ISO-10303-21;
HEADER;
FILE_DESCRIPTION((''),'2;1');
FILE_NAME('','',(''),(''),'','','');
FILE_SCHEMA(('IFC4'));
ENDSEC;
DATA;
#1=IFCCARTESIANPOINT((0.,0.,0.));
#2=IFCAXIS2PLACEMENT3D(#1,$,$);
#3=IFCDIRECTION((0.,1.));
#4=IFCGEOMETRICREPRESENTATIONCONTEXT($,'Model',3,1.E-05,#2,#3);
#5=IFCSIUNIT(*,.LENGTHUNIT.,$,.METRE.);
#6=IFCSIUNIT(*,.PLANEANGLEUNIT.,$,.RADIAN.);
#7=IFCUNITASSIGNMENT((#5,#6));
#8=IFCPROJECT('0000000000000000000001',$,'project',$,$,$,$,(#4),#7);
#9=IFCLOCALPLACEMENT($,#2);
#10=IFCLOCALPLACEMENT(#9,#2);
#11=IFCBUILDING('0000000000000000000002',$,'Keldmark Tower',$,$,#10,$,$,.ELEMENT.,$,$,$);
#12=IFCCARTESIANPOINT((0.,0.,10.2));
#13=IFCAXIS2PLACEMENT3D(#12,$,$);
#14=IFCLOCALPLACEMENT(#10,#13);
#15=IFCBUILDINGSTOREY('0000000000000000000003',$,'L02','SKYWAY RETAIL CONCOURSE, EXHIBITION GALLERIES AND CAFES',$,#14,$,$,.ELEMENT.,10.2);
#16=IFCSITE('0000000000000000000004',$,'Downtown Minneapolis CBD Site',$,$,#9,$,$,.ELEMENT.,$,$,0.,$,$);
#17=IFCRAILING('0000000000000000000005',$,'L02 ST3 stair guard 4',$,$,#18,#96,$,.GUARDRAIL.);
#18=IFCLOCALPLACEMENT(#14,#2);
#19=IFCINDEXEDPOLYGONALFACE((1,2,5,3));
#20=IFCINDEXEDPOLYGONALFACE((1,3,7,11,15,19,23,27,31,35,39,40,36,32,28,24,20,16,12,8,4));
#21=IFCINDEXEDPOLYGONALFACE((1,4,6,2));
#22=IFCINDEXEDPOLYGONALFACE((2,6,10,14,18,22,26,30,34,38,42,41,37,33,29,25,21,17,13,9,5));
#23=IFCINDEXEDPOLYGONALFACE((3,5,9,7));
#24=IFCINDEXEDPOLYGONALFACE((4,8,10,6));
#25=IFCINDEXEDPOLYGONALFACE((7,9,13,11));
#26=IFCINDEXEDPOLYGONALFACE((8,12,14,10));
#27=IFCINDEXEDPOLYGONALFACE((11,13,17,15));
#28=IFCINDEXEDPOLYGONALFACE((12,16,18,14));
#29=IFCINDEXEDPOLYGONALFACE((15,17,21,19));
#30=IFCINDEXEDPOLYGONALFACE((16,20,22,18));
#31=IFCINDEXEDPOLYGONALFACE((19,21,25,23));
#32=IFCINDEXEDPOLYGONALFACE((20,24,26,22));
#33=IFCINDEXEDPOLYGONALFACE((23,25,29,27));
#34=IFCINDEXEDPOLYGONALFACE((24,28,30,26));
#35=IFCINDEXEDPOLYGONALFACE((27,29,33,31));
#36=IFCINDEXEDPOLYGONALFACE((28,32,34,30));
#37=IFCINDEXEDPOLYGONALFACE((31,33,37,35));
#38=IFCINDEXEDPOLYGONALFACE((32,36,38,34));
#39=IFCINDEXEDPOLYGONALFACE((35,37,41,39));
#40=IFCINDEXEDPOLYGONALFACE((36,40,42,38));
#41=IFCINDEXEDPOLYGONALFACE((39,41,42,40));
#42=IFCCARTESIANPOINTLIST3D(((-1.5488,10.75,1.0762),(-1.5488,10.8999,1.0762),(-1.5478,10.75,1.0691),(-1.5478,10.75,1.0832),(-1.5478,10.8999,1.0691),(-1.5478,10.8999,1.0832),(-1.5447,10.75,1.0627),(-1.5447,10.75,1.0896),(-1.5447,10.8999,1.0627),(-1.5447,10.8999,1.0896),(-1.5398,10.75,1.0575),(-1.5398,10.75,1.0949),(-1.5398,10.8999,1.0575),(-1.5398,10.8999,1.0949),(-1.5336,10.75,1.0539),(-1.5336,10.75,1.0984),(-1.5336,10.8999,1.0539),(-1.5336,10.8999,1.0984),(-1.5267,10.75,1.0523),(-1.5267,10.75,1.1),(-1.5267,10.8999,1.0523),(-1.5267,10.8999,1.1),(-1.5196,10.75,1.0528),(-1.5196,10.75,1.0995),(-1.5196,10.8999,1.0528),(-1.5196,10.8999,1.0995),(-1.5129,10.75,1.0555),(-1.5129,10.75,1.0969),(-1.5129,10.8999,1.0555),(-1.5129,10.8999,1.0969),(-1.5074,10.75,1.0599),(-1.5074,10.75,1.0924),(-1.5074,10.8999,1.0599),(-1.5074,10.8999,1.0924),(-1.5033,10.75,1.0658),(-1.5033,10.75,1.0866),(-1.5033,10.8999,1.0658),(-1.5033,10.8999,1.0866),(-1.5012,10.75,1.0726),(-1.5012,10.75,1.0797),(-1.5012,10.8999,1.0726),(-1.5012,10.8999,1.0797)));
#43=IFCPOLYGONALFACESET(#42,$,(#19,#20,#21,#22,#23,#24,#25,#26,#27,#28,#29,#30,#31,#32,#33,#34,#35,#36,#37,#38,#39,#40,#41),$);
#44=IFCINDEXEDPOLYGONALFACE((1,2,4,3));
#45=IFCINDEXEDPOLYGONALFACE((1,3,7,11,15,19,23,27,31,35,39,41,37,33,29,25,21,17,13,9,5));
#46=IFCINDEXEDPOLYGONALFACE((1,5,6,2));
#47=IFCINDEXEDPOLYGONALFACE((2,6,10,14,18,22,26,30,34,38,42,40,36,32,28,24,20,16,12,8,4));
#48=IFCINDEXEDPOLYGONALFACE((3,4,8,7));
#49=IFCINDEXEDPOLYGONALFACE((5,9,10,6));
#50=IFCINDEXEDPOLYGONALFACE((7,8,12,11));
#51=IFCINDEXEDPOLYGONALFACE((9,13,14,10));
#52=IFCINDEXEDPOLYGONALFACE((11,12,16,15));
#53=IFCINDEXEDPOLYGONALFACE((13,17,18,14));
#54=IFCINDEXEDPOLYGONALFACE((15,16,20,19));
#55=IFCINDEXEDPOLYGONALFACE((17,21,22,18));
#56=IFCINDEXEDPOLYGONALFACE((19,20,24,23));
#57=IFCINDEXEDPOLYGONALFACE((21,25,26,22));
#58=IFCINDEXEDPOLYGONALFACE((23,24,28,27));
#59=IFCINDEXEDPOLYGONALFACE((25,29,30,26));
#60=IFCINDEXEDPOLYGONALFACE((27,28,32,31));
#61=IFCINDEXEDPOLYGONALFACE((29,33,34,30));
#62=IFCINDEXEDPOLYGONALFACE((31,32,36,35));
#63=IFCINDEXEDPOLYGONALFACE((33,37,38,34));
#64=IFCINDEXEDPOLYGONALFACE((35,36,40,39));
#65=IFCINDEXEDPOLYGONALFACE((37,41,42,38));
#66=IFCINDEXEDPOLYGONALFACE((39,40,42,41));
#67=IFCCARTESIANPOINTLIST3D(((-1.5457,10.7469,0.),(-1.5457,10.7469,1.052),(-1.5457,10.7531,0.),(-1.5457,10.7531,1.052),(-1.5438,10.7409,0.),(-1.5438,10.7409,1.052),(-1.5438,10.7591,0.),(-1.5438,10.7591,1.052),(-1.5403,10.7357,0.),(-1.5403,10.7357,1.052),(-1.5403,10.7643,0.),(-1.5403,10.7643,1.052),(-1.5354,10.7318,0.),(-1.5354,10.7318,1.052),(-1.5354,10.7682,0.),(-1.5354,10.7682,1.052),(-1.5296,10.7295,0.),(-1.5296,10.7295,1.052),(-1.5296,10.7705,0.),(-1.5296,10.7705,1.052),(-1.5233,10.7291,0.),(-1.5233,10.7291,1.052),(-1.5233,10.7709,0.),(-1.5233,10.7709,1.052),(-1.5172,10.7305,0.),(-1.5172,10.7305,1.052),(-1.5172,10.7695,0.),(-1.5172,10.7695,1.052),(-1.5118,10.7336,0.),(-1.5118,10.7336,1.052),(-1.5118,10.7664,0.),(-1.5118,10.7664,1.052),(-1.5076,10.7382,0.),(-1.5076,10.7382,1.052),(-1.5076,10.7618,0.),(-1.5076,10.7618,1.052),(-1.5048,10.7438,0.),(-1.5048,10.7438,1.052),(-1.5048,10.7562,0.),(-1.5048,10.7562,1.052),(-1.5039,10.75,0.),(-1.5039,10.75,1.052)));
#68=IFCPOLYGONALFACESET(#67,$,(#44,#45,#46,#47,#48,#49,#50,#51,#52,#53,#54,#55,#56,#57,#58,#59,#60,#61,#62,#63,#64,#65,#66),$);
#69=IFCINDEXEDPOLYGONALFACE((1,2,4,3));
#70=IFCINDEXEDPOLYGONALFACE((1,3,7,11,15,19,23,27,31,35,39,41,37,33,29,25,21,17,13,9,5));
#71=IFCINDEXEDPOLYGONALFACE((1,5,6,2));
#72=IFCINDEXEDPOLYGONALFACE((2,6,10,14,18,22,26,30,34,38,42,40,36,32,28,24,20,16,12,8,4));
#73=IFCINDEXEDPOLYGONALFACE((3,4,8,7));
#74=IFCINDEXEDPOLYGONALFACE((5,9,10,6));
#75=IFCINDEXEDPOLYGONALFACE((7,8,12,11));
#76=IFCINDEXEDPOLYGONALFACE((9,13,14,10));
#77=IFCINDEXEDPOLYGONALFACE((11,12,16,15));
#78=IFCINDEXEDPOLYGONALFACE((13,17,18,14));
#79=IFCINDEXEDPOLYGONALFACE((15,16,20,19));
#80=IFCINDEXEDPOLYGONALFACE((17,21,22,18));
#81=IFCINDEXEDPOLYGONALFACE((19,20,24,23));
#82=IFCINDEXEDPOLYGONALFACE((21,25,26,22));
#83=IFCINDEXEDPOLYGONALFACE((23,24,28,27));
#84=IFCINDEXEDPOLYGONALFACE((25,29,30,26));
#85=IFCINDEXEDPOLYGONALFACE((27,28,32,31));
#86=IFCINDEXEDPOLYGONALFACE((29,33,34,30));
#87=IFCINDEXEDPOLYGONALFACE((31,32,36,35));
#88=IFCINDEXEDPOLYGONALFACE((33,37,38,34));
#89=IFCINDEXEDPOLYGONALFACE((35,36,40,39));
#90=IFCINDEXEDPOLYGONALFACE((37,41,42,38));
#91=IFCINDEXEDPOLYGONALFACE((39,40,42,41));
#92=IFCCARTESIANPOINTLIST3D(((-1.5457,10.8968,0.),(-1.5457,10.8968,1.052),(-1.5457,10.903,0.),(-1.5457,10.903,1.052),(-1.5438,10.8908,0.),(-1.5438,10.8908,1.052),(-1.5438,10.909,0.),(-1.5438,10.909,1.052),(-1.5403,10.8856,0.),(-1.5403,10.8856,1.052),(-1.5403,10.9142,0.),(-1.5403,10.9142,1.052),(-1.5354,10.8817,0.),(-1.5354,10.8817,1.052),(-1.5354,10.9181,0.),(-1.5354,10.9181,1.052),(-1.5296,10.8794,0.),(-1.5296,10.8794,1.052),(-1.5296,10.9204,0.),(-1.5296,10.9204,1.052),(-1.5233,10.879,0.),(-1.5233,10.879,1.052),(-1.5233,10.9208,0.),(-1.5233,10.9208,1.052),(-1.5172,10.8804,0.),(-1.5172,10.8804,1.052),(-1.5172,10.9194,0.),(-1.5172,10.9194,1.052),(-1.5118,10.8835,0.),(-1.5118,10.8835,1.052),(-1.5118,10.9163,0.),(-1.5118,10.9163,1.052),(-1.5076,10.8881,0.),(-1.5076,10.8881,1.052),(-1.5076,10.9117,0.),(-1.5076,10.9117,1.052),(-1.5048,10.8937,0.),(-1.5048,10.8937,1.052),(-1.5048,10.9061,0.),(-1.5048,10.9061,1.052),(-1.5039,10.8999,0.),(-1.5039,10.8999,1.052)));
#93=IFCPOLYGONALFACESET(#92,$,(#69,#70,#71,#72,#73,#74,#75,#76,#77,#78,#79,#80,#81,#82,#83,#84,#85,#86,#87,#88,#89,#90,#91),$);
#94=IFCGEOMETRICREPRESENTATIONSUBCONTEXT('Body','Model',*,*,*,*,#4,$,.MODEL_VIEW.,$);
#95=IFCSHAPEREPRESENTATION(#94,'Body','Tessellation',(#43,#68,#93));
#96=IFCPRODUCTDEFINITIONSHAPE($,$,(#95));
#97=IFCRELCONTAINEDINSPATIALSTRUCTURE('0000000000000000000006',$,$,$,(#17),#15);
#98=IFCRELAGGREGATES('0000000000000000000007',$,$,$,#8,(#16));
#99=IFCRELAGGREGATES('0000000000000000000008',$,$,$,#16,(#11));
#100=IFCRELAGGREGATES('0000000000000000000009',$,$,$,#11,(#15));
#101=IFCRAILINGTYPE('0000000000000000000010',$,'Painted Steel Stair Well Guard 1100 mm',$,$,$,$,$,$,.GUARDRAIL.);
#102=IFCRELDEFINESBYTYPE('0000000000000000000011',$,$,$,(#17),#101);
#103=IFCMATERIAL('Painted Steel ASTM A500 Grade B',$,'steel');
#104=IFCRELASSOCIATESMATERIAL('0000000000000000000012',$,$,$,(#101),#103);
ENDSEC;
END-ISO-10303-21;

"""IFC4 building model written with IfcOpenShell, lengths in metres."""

from ifc_helpers import new_model, si_unit, direction, frame, origin, origin_2d, place, context, subcontext, project, spatial, circle, extrude, material, type_object, element, save


model = new_model("IFC4")

# Units and contexts
model_context = context("Model", 3, precision=1e-05, world=origin(), true_north=direction((0.0, 1.0)))
body_context = subcontext(model_context, "Body", "Model", "MODEL_VIEW")
ifc_project = project(units=[si_unit("LENGTHUNIT", "METRE"), si_unit("PLANEANGLEUNIT", "RADIAN")], contexts=[model_context])

# Site, building, storey
site_placement = place(None, origin())
site = spatial("IfcSite", under=ifc_project, at=site_placement, Name="Downtown Minneapolis CBD Site", CompositionType="ELEMENT", RefElevation=0.0)
building_placement = place(site_placement, origin())
building = spatial("IfcBuilding", under=site, at=building_placement, Name="Keldmark Tower", CompositionType="ELEMENT")
storey_placement = place(building_placement, frame((0.0, 0.0, 10.2)))
storey = spatial("IfcBuildingStorey", under=building, at=storey_placement, Name="L02", Description="SKYWAY RETAIL CONCOURSE, EXHIBITION GALLERIES AND CAFES", CompositionType="ELEMENT", Elevation=10.2)

# Railing
ifc_material_1 = material(Name="Painted Steel ASTM A500 Grade B", Category="steel")
railing_type_1 = type_object("IfcRailingType", Name="Painted Steel Stair Well Guard 1100 mm", PredefinedType="GUARDRAIL", material=ifc_material_1)
railing_1_placement = place(storey_placement, frame((-1.5249, 10.75, 0.0)))
element("IfcRailing", 1, at=railing_1_placement, inside=storey, type_object=railing_type_1, Name="L02 ST3 stair guard 4", PredefinedType="GUARDRAIL", context=body_context, shape_type="SweptSolid", body=[
    extrude(circle(Radius=0.0239, at=origin_2d()), frame((0.0, 0.0, 1.0762), z_axis=(0.0, 1.0, 0.0), x_axis=(-1.0, 0.0, 0.0)), (0.0, 0.0, 1.0), 0.1499),
    extrude(circle(Radius=0.021, at=origin_2d()), origin(), (0.0, 0.0, 1.0), 1.052),
    extrude(circle(Radius=0.021, at=origin_2d()), frame((0.0, 0.1499, 0.0)), (0.0, 0.0, 1.0), 1.052),
])

save(model, "model.ifc")
